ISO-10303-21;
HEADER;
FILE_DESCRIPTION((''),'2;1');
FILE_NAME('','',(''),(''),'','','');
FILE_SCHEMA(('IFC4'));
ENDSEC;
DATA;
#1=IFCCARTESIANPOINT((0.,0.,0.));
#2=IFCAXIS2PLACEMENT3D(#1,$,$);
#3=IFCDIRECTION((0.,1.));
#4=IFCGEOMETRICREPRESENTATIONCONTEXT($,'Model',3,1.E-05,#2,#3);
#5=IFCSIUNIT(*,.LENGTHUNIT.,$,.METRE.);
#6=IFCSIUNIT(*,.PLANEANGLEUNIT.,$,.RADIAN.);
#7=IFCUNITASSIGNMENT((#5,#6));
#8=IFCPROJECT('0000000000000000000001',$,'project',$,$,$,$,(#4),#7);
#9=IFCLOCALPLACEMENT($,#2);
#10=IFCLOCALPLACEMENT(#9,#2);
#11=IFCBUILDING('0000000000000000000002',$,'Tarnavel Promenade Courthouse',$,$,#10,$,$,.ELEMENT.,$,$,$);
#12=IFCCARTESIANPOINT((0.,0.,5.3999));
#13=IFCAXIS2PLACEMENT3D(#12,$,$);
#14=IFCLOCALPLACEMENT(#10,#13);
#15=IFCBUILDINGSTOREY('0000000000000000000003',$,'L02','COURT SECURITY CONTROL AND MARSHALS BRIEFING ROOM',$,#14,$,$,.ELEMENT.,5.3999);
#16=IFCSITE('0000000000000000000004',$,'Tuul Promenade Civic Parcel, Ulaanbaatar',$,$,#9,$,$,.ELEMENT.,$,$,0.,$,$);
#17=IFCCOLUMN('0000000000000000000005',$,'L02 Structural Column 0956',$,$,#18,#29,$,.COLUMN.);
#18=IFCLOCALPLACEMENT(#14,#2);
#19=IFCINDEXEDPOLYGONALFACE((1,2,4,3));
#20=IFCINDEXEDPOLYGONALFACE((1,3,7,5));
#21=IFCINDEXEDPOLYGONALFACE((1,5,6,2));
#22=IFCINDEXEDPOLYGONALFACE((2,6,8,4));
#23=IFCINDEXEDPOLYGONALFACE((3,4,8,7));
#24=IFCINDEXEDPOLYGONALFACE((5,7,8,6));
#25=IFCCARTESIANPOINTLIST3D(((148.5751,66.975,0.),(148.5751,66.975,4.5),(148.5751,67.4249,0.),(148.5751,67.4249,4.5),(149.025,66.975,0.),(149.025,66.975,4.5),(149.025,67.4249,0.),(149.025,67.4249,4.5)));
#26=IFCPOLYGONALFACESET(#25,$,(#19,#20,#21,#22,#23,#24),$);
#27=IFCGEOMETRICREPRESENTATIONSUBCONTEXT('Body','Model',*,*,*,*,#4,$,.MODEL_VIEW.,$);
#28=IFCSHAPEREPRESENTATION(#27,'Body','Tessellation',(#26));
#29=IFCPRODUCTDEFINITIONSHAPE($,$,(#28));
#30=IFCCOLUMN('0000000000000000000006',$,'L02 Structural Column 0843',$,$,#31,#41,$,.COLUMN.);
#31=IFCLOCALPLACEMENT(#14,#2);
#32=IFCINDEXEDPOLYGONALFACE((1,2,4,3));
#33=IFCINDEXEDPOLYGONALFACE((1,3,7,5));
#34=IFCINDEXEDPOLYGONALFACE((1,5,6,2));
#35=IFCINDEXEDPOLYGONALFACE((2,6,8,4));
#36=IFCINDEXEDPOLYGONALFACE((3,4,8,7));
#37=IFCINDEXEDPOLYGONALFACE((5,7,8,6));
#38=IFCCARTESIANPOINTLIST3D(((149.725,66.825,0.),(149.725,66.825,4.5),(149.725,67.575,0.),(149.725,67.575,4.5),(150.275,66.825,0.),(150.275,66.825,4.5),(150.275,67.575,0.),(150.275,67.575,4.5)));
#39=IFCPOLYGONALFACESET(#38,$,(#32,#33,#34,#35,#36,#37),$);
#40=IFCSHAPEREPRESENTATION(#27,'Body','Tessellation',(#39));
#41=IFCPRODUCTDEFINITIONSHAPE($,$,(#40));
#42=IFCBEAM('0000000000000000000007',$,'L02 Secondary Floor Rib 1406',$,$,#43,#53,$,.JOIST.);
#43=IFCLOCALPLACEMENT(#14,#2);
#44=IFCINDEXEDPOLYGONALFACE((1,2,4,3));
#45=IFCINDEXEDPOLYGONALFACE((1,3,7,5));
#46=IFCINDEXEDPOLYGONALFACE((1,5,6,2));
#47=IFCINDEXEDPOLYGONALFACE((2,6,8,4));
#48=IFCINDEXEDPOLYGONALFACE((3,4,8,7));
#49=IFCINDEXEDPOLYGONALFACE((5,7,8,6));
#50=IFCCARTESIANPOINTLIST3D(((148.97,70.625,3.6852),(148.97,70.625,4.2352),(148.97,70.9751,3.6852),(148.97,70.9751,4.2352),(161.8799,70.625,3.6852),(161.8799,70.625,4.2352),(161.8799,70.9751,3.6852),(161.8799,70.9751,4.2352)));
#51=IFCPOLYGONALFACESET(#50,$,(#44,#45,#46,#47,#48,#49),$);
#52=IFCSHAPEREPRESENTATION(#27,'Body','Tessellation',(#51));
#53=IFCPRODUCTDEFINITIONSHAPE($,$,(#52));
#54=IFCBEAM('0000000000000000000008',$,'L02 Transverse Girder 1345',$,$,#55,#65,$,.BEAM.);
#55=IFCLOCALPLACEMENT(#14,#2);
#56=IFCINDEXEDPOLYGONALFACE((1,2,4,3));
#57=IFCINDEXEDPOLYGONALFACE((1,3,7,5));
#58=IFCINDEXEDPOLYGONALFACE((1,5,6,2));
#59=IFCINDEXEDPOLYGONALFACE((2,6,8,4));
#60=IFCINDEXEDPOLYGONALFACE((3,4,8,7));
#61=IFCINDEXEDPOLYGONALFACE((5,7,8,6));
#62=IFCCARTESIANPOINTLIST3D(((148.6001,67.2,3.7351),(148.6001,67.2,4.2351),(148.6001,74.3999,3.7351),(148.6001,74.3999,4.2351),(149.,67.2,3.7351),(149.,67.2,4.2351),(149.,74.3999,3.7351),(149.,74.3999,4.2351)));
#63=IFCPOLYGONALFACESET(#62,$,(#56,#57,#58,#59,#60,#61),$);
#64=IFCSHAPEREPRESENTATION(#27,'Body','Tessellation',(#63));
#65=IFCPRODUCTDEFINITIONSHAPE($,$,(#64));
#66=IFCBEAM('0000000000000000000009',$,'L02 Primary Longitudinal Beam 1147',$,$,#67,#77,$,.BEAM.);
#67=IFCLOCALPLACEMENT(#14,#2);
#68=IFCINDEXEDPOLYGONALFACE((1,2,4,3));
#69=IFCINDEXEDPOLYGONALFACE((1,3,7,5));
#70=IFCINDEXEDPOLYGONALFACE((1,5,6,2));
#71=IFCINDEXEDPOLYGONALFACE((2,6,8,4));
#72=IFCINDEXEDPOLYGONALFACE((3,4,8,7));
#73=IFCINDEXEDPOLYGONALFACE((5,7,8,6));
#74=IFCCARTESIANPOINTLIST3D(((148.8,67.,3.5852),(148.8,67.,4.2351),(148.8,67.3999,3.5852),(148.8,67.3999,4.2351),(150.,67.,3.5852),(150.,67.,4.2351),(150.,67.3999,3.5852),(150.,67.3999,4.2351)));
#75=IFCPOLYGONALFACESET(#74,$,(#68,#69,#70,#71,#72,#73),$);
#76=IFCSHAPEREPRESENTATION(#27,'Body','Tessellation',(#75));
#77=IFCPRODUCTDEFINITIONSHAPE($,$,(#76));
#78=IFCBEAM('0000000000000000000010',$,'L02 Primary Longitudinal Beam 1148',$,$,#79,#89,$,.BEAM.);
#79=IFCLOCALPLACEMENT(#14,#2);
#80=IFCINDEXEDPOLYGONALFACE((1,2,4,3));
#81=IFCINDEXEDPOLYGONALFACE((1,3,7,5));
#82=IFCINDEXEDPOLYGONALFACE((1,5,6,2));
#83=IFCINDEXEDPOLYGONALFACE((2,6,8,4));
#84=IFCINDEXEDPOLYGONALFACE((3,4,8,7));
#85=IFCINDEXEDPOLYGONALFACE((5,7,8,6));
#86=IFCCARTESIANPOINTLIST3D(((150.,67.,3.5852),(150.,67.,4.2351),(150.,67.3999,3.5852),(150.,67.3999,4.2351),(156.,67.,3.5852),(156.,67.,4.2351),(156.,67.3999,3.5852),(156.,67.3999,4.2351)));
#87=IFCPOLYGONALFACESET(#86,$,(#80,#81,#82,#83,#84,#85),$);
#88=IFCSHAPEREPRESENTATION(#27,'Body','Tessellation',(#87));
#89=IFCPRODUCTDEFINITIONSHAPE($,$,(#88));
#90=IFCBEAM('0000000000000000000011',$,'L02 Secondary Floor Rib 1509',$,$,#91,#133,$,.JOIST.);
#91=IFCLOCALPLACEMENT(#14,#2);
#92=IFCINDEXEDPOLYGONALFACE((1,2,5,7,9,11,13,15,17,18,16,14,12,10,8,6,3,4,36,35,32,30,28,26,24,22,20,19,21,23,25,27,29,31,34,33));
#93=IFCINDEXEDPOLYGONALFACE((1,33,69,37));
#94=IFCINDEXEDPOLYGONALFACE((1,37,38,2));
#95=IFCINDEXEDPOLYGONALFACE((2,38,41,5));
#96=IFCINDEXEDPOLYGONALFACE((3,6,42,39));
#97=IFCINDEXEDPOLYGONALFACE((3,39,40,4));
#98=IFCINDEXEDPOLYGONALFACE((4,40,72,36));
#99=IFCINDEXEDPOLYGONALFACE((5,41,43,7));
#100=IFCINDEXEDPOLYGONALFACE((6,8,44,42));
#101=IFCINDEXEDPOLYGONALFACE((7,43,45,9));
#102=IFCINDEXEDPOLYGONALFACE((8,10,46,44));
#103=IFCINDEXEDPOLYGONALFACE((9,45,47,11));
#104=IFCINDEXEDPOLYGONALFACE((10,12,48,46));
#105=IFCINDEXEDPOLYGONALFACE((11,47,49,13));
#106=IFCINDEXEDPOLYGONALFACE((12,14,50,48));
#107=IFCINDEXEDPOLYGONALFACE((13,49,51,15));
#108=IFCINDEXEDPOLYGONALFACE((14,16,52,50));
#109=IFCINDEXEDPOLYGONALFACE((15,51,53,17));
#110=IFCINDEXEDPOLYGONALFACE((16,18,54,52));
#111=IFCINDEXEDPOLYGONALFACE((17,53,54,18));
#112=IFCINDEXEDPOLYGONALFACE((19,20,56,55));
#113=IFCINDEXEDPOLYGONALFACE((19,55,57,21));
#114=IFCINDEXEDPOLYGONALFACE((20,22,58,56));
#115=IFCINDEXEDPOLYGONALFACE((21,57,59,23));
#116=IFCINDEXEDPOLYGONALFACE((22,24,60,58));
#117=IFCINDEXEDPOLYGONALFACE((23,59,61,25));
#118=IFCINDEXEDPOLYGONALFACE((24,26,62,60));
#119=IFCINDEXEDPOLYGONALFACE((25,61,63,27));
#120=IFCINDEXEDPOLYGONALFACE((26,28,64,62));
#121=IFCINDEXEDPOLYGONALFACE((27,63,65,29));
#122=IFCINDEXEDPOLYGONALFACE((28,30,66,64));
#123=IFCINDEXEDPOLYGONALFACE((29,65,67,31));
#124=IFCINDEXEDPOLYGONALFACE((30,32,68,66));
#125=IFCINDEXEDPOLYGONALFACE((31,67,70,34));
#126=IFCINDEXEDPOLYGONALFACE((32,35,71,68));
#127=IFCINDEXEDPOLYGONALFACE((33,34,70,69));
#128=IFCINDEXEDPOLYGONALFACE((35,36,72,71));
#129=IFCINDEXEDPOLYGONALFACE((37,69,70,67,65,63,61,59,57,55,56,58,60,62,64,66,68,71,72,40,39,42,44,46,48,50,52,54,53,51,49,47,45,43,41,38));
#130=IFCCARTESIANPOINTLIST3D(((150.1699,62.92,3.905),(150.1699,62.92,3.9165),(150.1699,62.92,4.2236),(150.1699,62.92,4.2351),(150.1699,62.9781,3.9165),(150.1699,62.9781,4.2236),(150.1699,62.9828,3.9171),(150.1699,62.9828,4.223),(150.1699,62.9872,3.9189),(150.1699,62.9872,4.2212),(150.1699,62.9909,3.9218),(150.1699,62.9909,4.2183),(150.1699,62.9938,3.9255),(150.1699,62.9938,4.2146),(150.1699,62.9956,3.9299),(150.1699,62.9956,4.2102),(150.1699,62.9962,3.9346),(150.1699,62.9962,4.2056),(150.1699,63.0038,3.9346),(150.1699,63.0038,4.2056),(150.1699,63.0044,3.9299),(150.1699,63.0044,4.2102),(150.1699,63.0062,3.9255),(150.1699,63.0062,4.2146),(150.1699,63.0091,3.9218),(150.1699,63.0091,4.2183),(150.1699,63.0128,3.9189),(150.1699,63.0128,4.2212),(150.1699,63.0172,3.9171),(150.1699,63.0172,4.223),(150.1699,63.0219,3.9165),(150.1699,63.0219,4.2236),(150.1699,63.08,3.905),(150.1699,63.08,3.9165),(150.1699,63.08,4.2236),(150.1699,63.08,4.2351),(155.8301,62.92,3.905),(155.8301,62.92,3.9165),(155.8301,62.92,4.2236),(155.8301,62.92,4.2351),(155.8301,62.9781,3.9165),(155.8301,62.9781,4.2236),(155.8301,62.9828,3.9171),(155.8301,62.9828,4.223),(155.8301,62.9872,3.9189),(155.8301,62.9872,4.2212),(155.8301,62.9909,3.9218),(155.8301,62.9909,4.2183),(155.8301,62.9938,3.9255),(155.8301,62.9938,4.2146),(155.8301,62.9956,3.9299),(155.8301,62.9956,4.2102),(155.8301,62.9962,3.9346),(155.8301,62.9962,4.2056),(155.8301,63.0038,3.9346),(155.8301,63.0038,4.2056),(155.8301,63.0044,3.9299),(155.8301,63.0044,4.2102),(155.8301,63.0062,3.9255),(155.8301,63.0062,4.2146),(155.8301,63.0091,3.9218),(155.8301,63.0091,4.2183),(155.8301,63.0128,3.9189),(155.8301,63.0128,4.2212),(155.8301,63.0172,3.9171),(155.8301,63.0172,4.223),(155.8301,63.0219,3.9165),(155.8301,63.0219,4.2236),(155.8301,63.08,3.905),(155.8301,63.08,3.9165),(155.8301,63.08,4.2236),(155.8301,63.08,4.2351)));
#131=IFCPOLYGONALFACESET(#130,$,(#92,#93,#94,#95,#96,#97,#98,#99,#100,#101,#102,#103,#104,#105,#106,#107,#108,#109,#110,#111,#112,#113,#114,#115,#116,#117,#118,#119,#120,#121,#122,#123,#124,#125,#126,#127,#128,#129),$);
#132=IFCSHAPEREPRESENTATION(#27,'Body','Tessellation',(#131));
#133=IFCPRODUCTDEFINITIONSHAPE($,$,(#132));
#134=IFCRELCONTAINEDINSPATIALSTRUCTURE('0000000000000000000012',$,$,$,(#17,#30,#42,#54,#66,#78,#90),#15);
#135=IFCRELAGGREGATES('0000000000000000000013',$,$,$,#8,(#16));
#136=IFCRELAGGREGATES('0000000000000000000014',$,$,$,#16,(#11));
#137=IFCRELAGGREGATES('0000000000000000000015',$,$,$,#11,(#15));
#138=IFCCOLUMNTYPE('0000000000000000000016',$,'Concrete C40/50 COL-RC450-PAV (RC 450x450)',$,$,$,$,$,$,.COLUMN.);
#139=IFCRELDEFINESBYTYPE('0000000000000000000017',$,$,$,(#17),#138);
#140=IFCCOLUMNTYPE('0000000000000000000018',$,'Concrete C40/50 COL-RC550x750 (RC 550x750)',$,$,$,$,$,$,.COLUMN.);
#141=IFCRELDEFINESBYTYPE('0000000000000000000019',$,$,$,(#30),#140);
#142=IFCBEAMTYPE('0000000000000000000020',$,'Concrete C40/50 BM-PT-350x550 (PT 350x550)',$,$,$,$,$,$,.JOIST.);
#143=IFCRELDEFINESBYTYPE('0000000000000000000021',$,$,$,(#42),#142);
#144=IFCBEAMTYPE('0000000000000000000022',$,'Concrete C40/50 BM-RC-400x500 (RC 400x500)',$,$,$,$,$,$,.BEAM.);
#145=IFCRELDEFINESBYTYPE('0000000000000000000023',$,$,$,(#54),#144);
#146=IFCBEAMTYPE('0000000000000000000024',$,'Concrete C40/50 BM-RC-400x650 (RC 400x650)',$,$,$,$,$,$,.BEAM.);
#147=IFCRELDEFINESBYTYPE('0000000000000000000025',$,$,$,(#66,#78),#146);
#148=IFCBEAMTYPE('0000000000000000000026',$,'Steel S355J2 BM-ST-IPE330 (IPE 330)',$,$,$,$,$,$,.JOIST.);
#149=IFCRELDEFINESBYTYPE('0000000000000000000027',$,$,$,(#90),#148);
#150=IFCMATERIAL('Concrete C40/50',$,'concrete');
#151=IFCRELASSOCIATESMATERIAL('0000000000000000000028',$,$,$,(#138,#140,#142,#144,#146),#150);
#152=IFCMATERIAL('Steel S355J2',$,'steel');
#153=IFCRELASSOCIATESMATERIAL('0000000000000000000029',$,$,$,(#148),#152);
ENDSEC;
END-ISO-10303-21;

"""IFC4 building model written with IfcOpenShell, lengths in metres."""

from ifc_helpers import new_model, si_unit, direction, frame, origin, origin_2d, place, context, subcontext, project, spatial, rectangle, i_section, extrude, material, material_profile, profile_set, type_object, element, save


model = new_model("IFC4")

# Units and contexts
model_context = context("Model", 3, precision=1e-05, world=origin(), true_north=direction((0.0, 1.0)))
body_context = subcontext(model_context, "Body", "Model", "MODEL_VIEW")
ifc_project = project(units=[si_unit("LENGTHUNIT", "METRE"), si_unit("PLANEANGLEUNIT", "RADIAN")], contexts=[model_context])

# Site, building, storey
site_placement = place(None, origin())
site = spatial("IfcSite", under=ifc_project, at=site_placement, Name="Tuul Promenade Civic Parcel, Ulaanbaatar", CompositionType="ELEMENT", RefElevation=0.0)
building_placement = place(site_placement, origin())
building = spatial("IfcBuilding", under=site, at=building_placement, Name="Tarnavel Promenade Courthouse", CompositionType="ELEMENT")
storey_placement = place(building_placement, frame((0.0, 0.0, 5.3999)))
storey = spatial("IfcBuildingStorey", under=building, at=storey_placement, Name="L02", Description="COURT SECURITY CONTROL AND MARSHALS BRIEFING ROOM", CompositionType="ELEMENT", Elevation=5.3999)

# Columns
ifc_material_1 = material(Name="Concrete C40/50", Category="concrete")
ifc_material_profile_1 = material_profile(ifc_material_1, rectangle(XDim=0.45, YDim=0.45, at=origin_2d()), Name="RC 450x450")
ifc_profile_set_1 = profile_set([ifc_material_profile_1], Name="Concrete C40/50")
column_type_1 = type_object("IfcColumnType", Name="Concrete C40/50 COL-RC450-PAV (RC 450x450)", PredefinedType="COLUMN", material=ifc_profile_set_1)
column_1_placement = place(storey_placement, frame((148.8, 67.2, 0.0), z_axis=(0.0, 0.0, 1.0), x_axis=(1.0, 0.0, 0.0)))
element("IfcColumn", 1, at=column_1_placement, inside=storey, type_object=column_type_1, Name="L02 Structural Column 0956", PredefinedType="COLUMN", context=body_context, shape_type="SweptSolid", body=[
    extrude(rectangle(XDim=0.45, YDim=0.45, at=origin_2d()), origin(), (0.0, 0.0, 1.0), 4.5),
])
ifc_material_profile_2 = material_profile(ifc_material_1, rectangle(XDim=0.55, YDim=0.75, at=origin_2d()), Name="RC 550x750")
ifc_profile_set_2 = profile_set([ifc_material_profile_2], Name="Concrete C40/50")
column_type_2 = type_object("IfcColumnType", Name="Concrete C40/50 COL-RC550x750 (RC 550x750)", PredefinedType="COLUMN", material=ifc_profile_set_2)
column_2_placement = place(storey_placement, frame((150.0, 67.2, 0.0), z_axis=(0.0, 0.0, 1.0), x_axis=(1.0, 0.0, 0.0)))
element("IfcColumn", 2, at=column_2_placement, inside=storey, type_object=column_type_2, Name="L02 Structural Column 0843", PredefinedType="COLUMN", context=body_context, shape_type="SweptSolid", body=[
    extrude(rectangle(XDim=0.55, YDim=0.75, at=origin_2d()), origin(), (0.0, 0.0, 1.0), 4.5),
])

# Beams
ifc_material_profile_3 = material_profile(ifc_material_1, rectangle(XDim=0.3501, YDim=0.55, at=origin_2d()), Name="PT 350x550")
ifc_profile_set_3 = profile_set([ifc_material_profile_3], Name="Concrete C40/50")
beam_type_1 = type_object("IfcBeamType", Name="Concrete C40/50 BM-PT-350x550 (PT 350x550)", PredefinedType="JOIST", material=ifc_profile_set_3)
beam_1_placement = place(storey_placement, frame((148.97, 70.8, 3.9602), z_axis=(1.0, 0.0, 0.0), x_axis=(0.0, 1.0, 0.0)))
element("IfcBeam", 3, at=beam_1_placement, inside=storey, type_object=beam_type_1, Name="L02 Secondary Floor Rib 1406", PredefinedType="JOIST", context=body_context, shape_type="SweptSolid", body=[
    extrude(rectangle(XDim=0.3501, YDim=0.55, at=origin_2d()), origin(), (0.0, 0.0, 1.0), 12.9099),
])
ifc_material_profile_4 = material_profile(ifc_material_1, rectangle(XDim=0.3999, YDim=0.5, at=origin_2d()), Name="RC 400x500")
ifc_profile_set_4 = profile_set([ifc_material_profile_4], Name="Concrete C40/50")
beam_type_2 = type_object("IfcBeamType", Name="Concrete C40/50 BM-RC-400x500 (RC 400x500)", PredefinedType="BEAM", material=ifc_profile_set_4)
beam_2_placement = place(storey_placement, frame((148.8, 67.2, 3.9851), z_axis=(0.0, 1.0, 0.0), x_axis=(-1.0, 0.0, 0.0)))
element("IfcBeam", 4, at=beam_2_placement, inside=storey, type_object=beam_type_2, Name="L02 Transverse Girder 1345", PredefinedType="BEAM", context=body_context, shape_type="SweptSolid", body=[
    extrude(rectangle(XDim=0.3999, YDim=0.5, at=origin_2d()), origin(), (0.0, 0.0, 1.0), 7.2),
])
ifc_material_profile_5 = material_profile(ifc_material_1, rectangle(XDim=0.3999, YDim=0.6499, at=origin_2d()), Name="RC 400x650")
ifc_profile_set_5 = profile_set([ifc_material_profile_5], Name="Concrete C40/50")
beam_type_3 = type_object("IfcBeamType", Name="Concrete C40/50 BM-RC-400x650 (RC 400x650)", PredefinedType="BEAM", material=ifc_profile_set_5)
beam_3_placement = place(storey_placement, frame((148.8, 67.2, 3.9102), z_axis=(1.0, 0.0, 0.0), x_axis=(0.0, 1.0, 0.0)))
element("IfcBeam", 5, at=beam_3_placement, inside=storey, type_object=beam_type_3, Name="L02 Primary Longitudinal Beam 1147", PredefinedType="BEAM", context=body_context, shape_type="SweptSolid", body=[
    extrude(rectangle(XDim=0.3999, YDim=0.6499, at=origin_2d()), origin(), (0.0, 0.0, 1.0), 1.2),
])
beam_4_placement = place(storey_placement, frame((150.0, 67.2, 3.9102), z_axis=(1.0, 0.0, 0.0), x_axis=(0.0, 1.0, 0.0)))
element("IfcBeam", 6, at=beam_4_placement, inside=storey, type_object=beam_type_3, Name="L02 Primary Longitudinal Beam 1148", PredefinedType="BEAM", context=body_context, shape_type="SweptSolid", body=[
    extrude(rectangle(XDim=0.3999, YDim=0.6499, at=origin_2d()), origin(), (0.0, 0.0, 1.0), 6.0),
])
ifc_material_2 = material(Name="Steel S355J2", Category="steel")
ifc_material_profile_6 = material_profile(ifc_material_2, i_section(OverallWidth=0.1599, OverallDepth=0.3301, WebThickness=0.0076, FlangeThickness=0.0115, FilletRadius=0.0181, at=origin_2d()), Name="IPE 330")
ifc_profile_set_6 = profile_set([ifc_material_profile_6], Name="Steel S355J2")
beam_type_4 = type_object("IfcBeamType", Name="Steel S355J2 BM-ST-IPE330 (IPE 330)", PredefinedType="JOIST", material=ifc_profile_set_6)
beam_5_placement = place(storey_placement, frame((150.1699, 63.0, 4.0701), z_axis=(1.0, 0.0, 0.0), x_axis=(0.0, 1.0, 0.0)))
element("IfcBeam", 7, at=beam_5_placement, inside=storey, type_object=beam_type_4, Name="L02 Secondary Floor Rib 1509", PredefinedType="JOIST", context=body_context, shape_type="SweptSolid", body=[
    extrude(i_section(OverallWidth=0.1599, OverallDepth=0.3301, WebThickness=0.0076, FlangeThickness=0.0115, FilletRadius=0.0181, at=origin_2d()), origin(), (0.0, 0.0, 1.0), 5.6602),
])

save(model, "model.ifc")
